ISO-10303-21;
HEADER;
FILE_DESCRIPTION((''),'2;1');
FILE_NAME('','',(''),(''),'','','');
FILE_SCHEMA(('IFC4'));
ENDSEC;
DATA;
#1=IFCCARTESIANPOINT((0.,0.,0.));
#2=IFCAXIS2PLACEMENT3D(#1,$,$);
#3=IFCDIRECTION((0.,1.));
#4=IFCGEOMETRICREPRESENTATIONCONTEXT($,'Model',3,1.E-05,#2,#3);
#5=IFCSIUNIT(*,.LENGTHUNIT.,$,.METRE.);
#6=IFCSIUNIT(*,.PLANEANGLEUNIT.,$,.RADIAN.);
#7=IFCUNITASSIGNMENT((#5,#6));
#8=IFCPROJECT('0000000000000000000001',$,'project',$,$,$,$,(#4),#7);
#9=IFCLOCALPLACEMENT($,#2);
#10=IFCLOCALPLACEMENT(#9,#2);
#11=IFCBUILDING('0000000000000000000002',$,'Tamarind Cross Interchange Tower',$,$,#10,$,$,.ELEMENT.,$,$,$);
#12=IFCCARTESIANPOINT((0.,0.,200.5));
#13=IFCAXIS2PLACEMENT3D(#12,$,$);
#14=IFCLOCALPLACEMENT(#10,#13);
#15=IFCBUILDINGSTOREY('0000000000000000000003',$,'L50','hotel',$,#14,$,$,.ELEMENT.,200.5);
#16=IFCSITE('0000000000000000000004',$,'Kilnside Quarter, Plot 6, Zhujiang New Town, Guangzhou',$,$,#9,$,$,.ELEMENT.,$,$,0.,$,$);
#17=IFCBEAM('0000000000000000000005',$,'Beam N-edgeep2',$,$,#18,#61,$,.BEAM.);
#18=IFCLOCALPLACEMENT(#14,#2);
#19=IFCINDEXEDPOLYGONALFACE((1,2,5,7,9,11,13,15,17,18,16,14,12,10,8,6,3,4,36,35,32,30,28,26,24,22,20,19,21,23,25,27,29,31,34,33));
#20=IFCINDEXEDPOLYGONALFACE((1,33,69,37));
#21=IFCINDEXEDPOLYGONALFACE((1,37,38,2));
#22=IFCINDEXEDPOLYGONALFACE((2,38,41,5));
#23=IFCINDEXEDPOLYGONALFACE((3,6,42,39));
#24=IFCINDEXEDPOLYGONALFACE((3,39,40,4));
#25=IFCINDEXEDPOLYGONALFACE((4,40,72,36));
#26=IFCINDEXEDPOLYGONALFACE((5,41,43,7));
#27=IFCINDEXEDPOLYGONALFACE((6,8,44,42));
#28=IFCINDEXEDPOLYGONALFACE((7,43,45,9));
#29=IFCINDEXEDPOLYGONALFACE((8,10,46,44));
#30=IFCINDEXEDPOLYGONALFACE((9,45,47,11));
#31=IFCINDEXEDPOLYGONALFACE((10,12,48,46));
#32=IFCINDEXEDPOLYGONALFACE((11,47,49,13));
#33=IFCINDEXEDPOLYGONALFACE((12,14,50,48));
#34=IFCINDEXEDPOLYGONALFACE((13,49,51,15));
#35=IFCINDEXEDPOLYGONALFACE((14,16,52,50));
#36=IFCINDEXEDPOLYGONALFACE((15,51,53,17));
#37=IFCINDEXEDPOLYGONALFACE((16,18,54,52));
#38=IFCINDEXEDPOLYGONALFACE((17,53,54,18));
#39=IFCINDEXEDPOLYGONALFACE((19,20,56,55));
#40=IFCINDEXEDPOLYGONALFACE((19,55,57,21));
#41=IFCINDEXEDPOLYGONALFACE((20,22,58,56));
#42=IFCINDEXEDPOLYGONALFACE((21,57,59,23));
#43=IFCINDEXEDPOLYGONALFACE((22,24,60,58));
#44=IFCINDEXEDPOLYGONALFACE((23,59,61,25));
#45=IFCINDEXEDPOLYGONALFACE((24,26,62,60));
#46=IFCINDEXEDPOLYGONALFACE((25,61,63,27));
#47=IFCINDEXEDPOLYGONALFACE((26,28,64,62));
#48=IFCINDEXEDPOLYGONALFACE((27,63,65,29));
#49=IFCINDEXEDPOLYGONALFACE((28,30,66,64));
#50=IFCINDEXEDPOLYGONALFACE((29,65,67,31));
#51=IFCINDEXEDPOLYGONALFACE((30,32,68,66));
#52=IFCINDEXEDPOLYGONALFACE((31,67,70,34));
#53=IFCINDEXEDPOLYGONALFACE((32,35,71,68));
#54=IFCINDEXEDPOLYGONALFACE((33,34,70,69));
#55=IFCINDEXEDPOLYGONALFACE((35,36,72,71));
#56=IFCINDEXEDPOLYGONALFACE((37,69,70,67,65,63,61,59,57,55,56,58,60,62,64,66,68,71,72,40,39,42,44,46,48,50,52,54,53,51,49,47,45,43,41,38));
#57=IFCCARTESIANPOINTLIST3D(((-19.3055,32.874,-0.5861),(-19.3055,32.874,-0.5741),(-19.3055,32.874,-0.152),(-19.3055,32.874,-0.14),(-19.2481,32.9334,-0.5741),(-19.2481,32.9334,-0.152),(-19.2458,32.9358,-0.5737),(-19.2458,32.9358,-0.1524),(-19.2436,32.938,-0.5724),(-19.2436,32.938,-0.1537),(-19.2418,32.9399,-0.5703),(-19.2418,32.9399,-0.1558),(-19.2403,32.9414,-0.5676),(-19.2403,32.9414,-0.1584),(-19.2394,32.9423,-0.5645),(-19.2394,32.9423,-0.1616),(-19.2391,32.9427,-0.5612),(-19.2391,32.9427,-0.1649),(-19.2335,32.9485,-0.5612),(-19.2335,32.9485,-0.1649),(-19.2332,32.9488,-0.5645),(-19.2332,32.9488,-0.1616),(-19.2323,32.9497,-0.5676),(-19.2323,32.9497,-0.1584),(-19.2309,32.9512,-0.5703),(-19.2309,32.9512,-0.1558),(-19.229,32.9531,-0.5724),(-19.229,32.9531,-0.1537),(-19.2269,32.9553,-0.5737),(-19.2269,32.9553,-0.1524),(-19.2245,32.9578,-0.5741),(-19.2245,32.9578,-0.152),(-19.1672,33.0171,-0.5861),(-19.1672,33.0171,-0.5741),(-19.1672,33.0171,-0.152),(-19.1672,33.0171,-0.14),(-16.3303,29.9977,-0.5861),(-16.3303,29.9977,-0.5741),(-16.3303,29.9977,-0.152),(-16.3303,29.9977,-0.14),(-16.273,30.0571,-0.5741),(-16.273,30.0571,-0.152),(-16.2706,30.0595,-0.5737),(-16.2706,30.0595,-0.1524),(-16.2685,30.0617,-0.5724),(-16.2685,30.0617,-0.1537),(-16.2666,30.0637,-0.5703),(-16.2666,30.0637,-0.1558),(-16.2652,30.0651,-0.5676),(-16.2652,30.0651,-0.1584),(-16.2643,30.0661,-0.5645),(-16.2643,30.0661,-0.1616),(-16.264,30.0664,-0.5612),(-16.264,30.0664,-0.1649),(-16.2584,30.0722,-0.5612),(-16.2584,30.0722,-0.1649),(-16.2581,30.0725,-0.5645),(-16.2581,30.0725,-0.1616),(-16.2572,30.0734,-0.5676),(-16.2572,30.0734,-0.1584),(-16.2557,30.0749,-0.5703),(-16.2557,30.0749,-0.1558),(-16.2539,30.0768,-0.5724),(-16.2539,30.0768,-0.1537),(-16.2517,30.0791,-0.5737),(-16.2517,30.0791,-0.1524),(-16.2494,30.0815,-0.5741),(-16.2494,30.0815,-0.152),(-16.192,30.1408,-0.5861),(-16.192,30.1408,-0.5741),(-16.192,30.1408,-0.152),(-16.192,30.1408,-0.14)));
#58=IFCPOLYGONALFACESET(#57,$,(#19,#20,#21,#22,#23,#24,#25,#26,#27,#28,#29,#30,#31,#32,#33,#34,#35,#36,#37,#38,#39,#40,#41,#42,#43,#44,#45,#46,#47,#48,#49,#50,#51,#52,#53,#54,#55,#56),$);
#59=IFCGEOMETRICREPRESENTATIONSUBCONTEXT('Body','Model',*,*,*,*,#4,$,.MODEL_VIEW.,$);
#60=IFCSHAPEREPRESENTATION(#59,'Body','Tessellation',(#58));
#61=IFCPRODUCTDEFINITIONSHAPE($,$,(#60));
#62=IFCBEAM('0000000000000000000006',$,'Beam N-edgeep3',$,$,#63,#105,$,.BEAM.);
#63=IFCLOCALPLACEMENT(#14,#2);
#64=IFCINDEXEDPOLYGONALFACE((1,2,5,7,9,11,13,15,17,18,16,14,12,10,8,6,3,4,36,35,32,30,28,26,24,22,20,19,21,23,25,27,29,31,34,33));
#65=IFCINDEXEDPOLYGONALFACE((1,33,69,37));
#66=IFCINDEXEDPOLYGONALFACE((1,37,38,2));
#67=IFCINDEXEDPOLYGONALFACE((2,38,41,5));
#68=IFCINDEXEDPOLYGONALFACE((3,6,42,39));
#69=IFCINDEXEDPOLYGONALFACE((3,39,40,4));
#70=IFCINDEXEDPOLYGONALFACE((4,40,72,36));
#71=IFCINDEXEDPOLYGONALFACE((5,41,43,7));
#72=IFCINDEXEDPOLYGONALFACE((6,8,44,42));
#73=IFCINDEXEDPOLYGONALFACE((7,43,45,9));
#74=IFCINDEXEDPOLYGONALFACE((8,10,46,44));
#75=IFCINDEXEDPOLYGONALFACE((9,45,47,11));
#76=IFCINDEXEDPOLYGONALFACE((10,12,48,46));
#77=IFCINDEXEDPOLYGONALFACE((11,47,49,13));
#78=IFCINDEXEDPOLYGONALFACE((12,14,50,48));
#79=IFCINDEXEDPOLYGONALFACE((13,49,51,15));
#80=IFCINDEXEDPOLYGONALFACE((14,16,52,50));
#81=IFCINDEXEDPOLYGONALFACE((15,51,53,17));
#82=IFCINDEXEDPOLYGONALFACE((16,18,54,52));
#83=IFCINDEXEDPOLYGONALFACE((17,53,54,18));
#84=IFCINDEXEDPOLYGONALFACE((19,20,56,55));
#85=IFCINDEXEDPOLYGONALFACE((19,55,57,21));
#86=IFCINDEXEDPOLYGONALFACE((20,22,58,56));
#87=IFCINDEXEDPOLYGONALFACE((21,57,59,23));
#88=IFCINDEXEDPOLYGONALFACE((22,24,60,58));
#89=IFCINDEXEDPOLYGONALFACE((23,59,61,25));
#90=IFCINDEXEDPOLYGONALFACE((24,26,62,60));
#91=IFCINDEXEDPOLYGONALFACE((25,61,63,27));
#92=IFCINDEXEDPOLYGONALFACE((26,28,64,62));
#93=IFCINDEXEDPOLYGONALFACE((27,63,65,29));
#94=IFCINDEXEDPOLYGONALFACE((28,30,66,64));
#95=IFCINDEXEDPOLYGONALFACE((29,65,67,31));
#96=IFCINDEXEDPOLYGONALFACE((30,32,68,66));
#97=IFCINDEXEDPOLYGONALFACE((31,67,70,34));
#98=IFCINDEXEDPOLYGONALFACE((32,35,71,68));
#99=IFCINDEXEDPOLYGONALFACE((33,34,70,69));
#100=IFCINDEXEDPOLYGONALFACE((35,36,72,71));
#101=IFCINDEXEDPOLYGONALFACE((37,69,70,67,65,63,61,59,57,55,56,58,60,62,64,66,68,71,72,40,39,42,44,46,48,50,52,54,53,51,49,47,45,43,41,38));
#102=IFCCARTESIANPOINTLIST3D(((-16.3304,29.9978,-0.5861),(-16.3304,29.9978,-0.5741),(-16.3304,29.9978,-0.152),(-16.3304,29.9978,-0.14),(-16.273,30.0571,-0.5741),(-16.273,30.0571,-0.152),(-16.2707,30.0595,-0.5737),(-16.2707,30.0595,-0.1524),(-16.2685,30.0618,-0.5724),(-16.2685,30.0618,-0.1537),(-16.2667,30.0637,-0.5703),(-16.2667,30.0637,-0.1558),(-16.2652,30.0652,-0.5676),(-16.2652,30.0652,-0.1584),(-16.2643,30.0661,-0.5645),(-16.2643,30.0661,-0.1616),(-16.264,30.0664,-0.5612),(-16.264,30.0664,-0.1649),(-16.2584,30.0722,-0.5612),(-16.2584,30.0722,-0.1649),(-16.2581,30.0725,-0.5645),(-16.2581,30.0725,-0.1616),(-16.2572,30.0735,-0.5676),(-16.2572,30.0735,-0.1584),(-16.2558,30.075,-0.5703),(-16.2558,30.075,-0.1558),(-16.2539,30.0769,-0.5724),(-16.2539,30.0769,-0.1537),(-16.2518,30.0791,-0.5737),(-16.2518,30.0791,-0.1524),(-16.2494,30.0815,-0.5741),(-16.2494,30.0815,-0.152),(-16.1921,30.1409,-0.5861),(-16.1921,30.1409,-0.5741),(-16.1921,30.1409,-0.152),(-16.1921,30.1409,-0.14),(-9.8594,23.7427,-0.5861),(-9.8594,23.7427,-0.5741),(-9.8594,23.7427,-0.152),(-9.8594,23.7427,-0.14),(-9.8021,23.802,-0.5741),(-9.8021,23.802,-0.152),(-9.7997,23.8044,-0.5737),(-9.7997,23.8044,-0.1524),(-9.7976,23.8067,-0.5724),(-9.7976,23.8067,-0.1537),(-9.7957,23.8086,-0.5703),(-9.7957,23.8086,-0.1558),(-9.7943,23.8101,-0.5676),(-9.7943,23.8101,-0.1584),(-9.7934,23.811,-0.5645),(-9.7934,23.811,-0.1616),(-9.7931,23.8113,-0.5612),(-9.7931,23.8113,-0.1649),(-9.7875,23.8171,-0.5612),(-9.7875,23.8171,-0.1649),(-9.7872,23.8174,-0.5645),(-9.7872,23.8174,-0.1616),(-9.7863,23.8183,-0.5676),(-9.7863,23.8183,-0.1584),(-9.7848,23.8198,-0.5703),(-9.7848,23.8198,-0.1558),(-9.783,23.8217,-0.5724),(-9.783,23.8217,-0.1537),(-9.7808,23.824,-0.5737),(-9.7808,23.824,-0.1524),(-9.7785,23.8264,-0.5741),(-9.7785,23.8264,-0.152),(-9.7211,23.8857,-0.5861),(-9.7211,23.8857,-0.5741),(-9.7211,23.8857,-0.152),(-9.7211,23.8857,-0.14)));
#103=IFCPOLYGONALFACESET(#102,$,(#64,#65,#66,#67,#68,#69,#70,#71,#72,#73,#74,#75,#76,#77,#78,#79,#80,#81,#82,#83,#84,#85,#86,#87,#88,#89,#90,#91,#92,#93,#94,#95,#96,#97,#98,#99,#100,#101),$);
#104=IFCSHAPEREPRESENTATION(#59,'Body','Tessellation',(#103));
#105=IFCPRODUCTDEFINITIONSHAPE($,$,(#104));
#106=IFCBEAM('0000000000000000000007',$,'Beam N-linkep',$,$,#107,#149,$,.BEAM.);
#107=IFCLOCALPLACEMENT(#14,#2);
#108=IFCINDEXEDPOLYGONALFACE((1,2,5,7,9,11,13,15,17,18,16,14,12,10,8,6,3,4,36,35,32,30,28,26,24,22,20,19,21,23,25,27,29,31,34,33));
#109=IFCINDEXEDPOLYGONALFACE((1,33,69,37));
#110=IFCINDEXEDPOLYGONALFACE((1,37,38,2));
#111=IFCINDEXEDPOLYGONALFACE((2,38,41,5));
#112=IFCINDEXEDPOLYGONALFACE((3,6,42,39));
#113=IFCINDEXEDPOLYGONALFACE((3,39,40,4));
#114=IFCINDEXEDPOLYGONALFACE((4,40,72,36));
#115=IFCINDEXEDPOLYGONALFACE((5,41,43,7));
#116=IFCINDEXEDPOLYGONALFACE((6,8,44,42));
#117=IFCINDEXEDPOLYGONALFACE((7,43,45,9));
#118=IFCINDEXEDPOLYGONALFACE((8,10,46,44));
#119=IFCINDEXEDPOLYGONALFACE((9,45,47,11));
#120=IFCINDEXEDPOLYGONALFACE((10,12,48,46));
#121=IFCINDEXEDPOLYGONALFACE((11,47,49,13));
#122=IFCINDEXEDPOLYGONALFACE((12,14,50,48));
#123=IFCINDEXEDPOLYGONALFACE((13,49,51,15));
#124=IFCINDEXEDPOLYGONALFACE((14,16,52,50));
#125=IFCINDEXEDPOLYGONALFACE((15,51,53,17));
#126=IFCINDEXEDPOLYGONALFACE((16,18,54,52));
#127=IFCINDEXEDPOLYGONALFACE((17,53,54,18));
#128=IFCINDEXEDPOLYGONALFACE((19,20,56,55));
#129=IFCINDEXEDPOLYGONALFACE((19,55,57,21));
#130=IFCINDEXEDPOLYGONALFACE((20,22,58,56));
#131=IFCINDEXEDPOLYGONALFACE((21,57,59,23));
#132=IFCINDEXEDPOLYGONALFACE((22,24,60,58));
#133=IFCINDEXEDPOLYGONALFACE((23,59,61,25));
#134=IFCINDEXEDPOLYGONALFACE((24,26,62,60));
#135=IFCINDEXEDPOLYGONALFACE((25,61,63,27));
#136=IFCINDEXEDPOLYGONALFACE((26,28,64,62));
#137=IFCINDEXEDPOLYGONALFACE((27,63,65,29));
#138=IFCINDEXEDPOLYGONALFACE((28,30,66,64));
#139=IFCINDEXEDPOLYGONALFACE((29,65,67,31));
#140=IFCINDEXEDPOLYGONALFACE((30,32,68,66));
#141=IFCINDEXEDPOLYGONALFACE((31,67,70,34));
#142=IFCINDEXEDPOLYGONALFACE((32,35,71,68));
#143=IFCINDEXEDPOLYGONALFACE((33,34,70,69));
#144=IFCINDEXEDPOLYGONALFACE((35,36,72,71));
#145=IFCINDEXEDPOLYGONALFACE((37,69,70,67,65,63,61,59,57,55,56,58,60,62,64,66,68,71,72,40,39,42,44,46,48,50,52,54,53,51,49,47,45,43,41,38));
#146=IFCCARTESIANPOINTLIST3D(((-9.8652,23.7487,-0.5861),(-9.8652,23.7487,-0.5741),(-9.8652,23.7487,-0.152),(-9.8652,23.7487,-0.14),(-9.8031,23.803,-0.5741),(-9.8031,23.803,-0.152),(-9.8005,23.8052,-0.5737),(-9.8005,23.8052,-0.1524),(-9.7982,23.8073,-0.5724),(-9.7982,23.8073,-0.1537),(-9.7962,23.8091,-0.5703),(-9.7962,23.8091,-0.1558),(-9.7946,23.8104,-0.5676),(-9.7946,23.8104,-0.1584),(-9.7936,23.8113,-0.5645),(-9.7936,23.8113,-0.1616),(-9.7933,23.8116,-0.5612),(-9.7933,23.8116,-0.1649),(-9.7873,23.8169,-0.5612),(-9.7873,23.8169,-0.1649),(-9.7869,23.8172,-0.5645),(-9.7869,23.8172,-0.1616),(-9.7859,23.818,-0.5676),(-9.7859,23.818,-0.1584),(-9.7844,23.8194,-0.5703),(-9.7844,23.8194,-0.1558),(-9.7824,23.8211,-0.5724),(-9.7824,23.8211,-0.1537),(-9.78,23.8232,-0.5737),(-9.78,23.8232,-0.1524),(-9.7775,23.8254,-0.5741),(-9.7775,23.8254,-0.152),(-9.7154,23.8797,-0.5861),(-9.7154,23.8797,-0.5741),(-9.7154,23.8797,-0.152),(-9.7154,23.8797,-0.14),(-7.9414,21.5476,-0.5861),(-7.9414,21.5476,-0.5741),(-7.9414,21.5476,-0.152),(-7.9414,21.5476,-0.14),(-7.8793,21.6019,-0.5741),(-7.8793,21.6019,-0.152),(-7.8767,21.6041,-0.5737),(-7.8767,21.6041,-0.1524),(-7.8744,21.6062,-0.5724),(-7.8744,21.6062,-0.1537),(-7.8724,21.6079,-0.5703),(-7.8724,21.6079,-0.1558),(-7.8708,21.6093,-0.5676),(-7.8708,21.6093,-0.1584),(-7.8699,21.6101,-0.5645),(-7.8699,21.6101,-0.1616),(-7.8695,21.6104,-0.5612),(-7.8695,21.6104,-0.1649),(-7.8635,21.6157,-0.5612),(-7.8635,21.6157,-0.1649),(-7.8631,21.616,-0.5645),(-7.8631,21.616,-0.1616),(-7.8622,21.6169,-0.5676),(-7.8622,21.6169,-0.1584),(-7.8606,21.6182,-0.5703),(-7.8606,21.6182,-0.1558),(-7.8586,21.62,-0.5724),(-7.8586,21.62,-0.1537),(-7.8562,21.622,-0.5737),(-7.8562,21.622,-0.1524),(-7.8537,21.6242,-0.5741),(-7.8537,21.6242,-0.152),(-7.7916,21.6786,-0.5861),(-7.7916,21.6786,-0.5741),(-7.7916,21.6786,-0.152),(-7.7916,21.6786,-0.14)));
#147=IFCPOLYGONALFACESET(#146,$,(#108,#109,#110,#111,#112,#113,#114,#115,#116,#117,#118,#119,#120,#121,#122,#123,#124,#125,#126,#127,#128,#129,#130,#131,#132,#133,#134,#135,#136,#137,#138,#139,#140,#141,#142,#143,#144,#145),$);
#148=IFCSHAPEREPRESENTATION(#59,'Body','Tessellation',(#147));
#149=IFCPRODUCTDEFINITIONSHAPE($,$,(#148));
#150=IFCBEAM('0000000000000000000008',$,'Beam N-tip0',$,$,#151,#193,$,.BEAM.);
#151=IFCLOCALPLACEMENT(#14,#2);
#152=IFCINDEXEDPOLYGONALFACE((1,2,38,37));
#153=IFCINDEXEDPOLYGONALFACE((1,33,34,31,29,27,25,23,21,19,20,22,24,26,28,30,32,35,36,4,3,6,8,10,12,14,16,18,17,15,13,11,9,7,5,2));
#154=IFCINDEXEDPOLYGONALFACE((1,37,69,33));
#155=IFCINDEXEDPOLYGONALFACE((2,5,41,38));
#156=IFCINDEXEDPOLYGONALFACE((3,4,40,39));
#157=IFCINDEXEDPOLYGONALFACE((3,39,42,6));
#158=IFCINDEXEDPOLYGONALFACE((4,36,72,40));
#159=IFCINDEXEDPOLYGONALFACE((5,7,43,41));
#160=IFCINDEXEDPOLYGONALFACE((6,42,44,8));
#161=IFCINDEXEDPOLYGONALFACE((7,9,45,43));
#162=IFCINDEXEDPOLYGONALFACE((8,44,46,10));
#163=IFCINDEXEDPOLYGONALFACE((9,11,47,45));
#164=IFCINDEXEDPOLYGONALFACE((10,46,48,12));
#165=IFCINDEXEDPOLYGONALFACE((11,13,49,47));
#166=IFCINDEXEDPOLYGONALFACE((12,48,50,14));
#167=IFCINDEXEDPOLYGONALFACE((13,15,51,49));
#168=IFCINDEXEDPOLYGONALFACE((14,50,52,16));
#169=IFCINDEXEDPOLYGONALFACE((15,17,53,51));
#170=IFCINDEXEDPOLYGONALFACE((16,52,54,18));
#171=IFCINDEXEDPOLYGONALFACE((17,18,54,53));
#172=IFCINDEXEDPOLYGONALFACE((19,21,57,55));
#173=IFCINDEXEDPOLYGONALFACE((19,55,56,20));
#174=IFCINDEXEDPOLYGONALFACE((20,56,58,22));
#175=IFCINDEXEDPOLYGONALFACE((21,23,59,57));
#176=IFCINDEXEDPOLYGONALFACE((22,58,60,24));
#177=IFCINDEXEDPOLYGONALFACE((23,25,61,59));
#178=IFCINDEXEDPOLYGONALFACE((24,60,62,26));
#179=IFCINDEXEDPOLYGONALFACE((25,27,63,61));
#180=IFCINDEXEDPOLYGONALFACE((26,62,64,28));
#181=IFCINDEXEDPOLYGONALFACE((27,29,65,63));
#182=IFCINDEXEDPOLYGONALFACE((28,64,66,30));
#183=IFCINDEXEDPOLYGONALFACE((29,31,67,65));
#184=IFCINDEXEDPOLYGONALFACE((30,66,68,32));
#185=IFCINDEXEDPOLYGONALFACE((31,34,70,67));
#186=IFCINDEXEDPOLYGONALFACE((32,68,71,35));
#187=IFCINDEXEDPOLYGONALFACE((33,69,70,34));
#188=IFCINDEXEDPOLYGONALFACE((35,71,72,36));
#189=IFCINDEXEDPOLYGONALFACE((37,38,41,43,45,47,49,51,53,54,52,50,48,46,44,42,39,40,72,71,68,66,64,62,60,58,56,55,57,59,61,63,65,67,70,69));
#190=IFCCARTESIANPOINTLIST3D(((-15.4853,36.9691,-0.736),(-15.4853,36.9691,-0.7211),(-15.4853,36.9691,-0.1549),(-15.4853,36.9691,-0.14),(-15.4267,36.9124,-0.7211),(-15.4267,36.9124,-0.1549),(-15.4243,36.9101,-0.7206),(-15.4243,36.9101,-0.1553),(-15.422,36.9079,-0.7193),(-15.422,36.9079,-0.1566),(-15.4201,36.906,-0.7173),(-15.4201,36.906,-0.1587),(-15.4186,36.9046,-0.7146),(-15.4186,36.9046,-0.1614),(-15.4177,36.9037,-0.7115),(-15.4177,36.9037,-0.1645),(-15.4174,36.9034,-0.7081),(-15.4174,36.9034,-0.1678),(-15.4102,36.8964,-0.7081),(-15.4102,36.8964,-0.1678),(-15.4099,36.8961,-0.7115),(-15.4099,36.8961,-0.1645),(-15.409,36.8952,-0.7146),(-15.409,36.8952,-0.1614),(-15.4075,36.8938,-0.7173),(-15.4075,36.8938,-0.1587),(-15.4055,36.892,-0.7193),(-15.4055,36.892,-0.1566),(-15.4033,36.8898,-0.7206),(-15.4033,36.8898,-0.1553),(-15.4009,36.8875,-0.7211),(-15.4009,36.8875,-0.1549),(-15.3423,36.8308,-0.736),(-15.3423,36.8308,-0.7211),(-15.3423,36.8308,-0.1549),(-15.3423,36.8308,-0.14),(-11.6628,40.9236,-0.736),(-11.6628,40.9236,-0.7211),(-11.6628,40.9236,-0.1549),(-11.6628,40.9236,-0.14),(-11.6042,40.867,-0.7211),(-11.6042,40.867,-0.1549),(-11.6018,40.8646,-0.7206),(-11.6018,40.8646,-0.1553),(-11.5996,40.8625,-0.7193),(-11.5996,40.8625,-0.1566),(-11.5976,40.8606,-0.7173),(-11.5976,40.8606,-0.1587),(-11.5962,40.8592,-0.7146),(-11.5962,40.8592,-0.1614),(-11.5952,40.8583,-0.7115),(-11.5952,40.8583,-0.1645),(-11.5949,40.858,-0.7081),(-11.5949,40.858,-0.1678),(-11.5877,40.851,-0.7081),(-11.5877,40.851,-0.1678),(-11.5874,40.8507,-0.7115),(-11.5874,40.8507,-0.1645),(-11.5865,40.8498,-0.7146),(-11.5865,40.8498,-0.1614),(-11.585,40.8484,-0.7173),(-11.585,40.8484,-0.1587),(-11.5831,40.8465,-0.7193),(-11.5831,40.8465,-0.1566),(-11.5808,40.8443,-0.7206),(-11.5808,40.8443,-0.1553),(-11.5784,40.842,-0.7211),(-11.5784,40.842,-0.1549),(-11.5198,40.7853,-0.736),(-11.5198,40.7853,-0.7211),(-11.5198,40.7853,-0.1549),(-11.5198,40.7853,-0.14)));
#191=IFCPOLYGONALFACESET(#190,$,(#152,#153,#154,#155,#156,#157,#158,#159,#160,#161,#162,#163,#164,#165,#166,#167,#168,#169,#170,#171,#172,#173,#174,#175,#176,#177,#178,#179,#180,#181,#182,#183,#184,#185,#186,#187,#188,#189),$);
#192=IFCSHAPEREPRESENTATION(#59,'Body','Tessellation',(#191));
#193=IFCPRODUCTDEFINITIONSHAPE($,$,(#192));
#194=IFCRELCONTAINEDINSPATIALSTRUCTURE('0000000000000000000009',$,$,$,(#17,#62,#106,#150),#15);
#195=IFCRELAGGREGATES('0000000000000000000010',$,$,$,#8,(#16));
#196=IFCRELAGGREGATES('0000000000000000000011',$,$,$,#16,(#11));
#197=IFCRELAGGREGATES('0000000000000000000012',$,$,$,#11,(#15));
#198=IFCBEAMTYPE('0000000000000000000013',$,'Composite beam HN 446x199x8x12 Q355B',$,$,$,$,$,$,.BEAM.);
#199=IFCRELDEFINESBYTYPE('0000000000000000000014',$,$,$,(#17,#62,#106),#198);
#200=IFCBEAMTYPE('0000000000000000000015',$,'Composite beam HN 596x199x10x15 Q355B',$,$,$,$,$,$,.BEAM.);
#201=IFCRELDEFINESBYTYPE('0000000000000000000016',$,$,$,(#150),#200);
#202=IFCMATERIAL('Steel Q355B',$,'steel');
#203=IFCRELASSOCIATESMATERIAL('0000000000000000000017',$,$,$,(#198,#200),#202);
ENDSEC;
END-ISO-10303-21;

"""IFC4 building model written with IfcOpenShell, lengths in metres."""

from ifc_helpers import new_model, si_unit, direction, frame, origin, origin_2d, place, context, subcontext, project, spatial, i_section, extrude, material, material_profile, profile_set, type_object, element, save


model = new_model("IFC4")

# Units and contexts
model_context = context("Model", 3, precision=1e-05, world=origin(), true_north=direction((0.0, 1.0)))
body_context = subcontext(model_context, "Body", "Model", "MODEL_VIEW")
ifc_project = project(units=[si_unit("LENGTHUNIT", "METRE"), si_unit("PLANEANGLEUNIT", "RADIAN")], contexts=[model_context])

# Site, building, storey
site_placement = place(None, origin())
site = spatial("IfcSite", under=ifc_project, at=site_placement, Name="Kilnside Quarter, Plot 6, Zhujiang New Town, Guangzhou", CompositionType="ELEMENT", RefElevation=0.0)
building_placement = place(site_placement, origin())
building = spatial("IfcBuilding", under=site, at=building_placement, Name="Tamarind Cross Interchange Tower", CompositionType="ELEMENT")
storey_placement = place(building_placement, frame((0.0, 0.0, 200.5)))
storey = spatial("IfcBuildingStorey", under=building, at=storey_placement, Name="L50", Description="hotel", CompositionType="ELEMENT", Elevation=200.5)

# Beams
ifc_material_1 = material(Name="Steel Q355B", Category="steel")
ifc_material_profile_1 = material_profile(ifc_material_1, i_section(OverallWidth=0.199, OverallDepth=0.446, WebThickness=0.0081, FlangeThickness=0.012, FilletRadius=0.0129, at=origin_2d()), Name="HN 446x199x8x12")
ifc_profile_set_1 = profile_set([ifc_material_profile_1], Name="Steel Q355B")
beam_type_1 = type_object("IfcBeamType", Name="Composite beam HN 446x199x8x12 Q355B", PredefinedType="BEAM", material=ifc_profile_set_1)
beam_1_placement = place(storey_placement, frame((-19.2363, 32.9456, -0.363), z_axis=(0.718953, -0.695059, 0.0), x_axis=(0.695059, 0.718953, 0.0)))
element("IfcBeam", 1, at=beam_1_placement, inside=storey, type_object=beam_type_1, Name="Beam N-edgeep2", PredefinedType="BEAM", context=body_context, shape_type="SweptSolid", body=[
    extrude(i_section(OverallWidth=0.199, OverallDepth=0.446, WebThickness=0.0081, FlangeThickness=0.012, FilletRadius=0.0129, at=origin_2d()), origin(), (0.0, 0.0, 1.0), 4.1382),
])
beam_2_placement = place(storey_placement, frame((-16.2612, 30.0693, -0.363), z_axis=(0.718995, -0.695015, 0.0), x_axis=(0.695015, 0.718995, 0.0)))
element("IfcBeam", 2, at=beam_2_placement, inside=storey, type_object=beam_type_1, Name="Beam N-edgeep3", PredefinedType="BEAM", context=body_context, shape_type="SweptSolid", body=[
    extrude(i_section(OverallWidth=0.199, OverallDepth=0.446, WebThickness=0.0081, FlangeThickness=0.012, FilletRadius=0.0129, at=origin_2d()), origin(), (0.0, 0.0, 1.0), 9.0),
])
beam_3_placement = place(storey_placement, frame((-9.7903, 23.8142, -0.363), z_axis=(0.658079, -0.752949, 0.0), x_axis=(0.752949, 0.658079, 0.0)))
element("IfcBeam", 3, at=beam_3_placement, inside=storey, type_object=beam_type_1, Name="Beam N-linkep", PredefinedType="BEAM", context=body_context, shape_type="SweptSolid", body=[
    extrude(i_section(OverallWidth=0.199, OverallDepth=0.446, WebThickness=0.0081, FlangeThickness=0.012, FilletRadius=0.0129, at=origin_2d()), origin(), (0.0, 0.0, 1.0), 2.9233),
])
ifc_material_profile_2 = material_profile(ifc_material_1, i_section(OverallWidth=0.199, OverallDepth=0.5959, WebThickness=0.01, FlangeThickness=0.0149, FilletRadius=0.0129, at=origin_2d()), Name="HN 596x199x10x15")
ifc_profile_set_2 = profile_set([ifc_material_profile_2], Name="Steel Q355B")
beam_type_2 = type_object("IfcBeamType", Name="Composite beam HN 596x199x10x15 Q355B", PredefinedType="BEAM", material=ifc_profile_set_2)
beam_4_placement = place(storey_placement, frame((-11.5913, 40.8545, -0.438), z_axis=(-0.694998, -0.719012, 0.0), x_axis=(0.719012, -0.694998, 0.0)))
element("IfcBeam", 4, at=beam_4_placement, inside=storey, type_object=beam_type_2, Name="Beam N-tip0", PredefinedType="BEAM", context=body_context, shape_type="SweptSolid", body=[
    extrude(i_section(OverallWidth=0.199, OverallDepth=0.5959, WebThickness=0.01, FlangeThickness=0.0149, FilletRadius=0.0129, at=origin_2d()), origin(), (0.0, 0.0, 1.0), 5.5),
])

save(model, "model.ifc")
